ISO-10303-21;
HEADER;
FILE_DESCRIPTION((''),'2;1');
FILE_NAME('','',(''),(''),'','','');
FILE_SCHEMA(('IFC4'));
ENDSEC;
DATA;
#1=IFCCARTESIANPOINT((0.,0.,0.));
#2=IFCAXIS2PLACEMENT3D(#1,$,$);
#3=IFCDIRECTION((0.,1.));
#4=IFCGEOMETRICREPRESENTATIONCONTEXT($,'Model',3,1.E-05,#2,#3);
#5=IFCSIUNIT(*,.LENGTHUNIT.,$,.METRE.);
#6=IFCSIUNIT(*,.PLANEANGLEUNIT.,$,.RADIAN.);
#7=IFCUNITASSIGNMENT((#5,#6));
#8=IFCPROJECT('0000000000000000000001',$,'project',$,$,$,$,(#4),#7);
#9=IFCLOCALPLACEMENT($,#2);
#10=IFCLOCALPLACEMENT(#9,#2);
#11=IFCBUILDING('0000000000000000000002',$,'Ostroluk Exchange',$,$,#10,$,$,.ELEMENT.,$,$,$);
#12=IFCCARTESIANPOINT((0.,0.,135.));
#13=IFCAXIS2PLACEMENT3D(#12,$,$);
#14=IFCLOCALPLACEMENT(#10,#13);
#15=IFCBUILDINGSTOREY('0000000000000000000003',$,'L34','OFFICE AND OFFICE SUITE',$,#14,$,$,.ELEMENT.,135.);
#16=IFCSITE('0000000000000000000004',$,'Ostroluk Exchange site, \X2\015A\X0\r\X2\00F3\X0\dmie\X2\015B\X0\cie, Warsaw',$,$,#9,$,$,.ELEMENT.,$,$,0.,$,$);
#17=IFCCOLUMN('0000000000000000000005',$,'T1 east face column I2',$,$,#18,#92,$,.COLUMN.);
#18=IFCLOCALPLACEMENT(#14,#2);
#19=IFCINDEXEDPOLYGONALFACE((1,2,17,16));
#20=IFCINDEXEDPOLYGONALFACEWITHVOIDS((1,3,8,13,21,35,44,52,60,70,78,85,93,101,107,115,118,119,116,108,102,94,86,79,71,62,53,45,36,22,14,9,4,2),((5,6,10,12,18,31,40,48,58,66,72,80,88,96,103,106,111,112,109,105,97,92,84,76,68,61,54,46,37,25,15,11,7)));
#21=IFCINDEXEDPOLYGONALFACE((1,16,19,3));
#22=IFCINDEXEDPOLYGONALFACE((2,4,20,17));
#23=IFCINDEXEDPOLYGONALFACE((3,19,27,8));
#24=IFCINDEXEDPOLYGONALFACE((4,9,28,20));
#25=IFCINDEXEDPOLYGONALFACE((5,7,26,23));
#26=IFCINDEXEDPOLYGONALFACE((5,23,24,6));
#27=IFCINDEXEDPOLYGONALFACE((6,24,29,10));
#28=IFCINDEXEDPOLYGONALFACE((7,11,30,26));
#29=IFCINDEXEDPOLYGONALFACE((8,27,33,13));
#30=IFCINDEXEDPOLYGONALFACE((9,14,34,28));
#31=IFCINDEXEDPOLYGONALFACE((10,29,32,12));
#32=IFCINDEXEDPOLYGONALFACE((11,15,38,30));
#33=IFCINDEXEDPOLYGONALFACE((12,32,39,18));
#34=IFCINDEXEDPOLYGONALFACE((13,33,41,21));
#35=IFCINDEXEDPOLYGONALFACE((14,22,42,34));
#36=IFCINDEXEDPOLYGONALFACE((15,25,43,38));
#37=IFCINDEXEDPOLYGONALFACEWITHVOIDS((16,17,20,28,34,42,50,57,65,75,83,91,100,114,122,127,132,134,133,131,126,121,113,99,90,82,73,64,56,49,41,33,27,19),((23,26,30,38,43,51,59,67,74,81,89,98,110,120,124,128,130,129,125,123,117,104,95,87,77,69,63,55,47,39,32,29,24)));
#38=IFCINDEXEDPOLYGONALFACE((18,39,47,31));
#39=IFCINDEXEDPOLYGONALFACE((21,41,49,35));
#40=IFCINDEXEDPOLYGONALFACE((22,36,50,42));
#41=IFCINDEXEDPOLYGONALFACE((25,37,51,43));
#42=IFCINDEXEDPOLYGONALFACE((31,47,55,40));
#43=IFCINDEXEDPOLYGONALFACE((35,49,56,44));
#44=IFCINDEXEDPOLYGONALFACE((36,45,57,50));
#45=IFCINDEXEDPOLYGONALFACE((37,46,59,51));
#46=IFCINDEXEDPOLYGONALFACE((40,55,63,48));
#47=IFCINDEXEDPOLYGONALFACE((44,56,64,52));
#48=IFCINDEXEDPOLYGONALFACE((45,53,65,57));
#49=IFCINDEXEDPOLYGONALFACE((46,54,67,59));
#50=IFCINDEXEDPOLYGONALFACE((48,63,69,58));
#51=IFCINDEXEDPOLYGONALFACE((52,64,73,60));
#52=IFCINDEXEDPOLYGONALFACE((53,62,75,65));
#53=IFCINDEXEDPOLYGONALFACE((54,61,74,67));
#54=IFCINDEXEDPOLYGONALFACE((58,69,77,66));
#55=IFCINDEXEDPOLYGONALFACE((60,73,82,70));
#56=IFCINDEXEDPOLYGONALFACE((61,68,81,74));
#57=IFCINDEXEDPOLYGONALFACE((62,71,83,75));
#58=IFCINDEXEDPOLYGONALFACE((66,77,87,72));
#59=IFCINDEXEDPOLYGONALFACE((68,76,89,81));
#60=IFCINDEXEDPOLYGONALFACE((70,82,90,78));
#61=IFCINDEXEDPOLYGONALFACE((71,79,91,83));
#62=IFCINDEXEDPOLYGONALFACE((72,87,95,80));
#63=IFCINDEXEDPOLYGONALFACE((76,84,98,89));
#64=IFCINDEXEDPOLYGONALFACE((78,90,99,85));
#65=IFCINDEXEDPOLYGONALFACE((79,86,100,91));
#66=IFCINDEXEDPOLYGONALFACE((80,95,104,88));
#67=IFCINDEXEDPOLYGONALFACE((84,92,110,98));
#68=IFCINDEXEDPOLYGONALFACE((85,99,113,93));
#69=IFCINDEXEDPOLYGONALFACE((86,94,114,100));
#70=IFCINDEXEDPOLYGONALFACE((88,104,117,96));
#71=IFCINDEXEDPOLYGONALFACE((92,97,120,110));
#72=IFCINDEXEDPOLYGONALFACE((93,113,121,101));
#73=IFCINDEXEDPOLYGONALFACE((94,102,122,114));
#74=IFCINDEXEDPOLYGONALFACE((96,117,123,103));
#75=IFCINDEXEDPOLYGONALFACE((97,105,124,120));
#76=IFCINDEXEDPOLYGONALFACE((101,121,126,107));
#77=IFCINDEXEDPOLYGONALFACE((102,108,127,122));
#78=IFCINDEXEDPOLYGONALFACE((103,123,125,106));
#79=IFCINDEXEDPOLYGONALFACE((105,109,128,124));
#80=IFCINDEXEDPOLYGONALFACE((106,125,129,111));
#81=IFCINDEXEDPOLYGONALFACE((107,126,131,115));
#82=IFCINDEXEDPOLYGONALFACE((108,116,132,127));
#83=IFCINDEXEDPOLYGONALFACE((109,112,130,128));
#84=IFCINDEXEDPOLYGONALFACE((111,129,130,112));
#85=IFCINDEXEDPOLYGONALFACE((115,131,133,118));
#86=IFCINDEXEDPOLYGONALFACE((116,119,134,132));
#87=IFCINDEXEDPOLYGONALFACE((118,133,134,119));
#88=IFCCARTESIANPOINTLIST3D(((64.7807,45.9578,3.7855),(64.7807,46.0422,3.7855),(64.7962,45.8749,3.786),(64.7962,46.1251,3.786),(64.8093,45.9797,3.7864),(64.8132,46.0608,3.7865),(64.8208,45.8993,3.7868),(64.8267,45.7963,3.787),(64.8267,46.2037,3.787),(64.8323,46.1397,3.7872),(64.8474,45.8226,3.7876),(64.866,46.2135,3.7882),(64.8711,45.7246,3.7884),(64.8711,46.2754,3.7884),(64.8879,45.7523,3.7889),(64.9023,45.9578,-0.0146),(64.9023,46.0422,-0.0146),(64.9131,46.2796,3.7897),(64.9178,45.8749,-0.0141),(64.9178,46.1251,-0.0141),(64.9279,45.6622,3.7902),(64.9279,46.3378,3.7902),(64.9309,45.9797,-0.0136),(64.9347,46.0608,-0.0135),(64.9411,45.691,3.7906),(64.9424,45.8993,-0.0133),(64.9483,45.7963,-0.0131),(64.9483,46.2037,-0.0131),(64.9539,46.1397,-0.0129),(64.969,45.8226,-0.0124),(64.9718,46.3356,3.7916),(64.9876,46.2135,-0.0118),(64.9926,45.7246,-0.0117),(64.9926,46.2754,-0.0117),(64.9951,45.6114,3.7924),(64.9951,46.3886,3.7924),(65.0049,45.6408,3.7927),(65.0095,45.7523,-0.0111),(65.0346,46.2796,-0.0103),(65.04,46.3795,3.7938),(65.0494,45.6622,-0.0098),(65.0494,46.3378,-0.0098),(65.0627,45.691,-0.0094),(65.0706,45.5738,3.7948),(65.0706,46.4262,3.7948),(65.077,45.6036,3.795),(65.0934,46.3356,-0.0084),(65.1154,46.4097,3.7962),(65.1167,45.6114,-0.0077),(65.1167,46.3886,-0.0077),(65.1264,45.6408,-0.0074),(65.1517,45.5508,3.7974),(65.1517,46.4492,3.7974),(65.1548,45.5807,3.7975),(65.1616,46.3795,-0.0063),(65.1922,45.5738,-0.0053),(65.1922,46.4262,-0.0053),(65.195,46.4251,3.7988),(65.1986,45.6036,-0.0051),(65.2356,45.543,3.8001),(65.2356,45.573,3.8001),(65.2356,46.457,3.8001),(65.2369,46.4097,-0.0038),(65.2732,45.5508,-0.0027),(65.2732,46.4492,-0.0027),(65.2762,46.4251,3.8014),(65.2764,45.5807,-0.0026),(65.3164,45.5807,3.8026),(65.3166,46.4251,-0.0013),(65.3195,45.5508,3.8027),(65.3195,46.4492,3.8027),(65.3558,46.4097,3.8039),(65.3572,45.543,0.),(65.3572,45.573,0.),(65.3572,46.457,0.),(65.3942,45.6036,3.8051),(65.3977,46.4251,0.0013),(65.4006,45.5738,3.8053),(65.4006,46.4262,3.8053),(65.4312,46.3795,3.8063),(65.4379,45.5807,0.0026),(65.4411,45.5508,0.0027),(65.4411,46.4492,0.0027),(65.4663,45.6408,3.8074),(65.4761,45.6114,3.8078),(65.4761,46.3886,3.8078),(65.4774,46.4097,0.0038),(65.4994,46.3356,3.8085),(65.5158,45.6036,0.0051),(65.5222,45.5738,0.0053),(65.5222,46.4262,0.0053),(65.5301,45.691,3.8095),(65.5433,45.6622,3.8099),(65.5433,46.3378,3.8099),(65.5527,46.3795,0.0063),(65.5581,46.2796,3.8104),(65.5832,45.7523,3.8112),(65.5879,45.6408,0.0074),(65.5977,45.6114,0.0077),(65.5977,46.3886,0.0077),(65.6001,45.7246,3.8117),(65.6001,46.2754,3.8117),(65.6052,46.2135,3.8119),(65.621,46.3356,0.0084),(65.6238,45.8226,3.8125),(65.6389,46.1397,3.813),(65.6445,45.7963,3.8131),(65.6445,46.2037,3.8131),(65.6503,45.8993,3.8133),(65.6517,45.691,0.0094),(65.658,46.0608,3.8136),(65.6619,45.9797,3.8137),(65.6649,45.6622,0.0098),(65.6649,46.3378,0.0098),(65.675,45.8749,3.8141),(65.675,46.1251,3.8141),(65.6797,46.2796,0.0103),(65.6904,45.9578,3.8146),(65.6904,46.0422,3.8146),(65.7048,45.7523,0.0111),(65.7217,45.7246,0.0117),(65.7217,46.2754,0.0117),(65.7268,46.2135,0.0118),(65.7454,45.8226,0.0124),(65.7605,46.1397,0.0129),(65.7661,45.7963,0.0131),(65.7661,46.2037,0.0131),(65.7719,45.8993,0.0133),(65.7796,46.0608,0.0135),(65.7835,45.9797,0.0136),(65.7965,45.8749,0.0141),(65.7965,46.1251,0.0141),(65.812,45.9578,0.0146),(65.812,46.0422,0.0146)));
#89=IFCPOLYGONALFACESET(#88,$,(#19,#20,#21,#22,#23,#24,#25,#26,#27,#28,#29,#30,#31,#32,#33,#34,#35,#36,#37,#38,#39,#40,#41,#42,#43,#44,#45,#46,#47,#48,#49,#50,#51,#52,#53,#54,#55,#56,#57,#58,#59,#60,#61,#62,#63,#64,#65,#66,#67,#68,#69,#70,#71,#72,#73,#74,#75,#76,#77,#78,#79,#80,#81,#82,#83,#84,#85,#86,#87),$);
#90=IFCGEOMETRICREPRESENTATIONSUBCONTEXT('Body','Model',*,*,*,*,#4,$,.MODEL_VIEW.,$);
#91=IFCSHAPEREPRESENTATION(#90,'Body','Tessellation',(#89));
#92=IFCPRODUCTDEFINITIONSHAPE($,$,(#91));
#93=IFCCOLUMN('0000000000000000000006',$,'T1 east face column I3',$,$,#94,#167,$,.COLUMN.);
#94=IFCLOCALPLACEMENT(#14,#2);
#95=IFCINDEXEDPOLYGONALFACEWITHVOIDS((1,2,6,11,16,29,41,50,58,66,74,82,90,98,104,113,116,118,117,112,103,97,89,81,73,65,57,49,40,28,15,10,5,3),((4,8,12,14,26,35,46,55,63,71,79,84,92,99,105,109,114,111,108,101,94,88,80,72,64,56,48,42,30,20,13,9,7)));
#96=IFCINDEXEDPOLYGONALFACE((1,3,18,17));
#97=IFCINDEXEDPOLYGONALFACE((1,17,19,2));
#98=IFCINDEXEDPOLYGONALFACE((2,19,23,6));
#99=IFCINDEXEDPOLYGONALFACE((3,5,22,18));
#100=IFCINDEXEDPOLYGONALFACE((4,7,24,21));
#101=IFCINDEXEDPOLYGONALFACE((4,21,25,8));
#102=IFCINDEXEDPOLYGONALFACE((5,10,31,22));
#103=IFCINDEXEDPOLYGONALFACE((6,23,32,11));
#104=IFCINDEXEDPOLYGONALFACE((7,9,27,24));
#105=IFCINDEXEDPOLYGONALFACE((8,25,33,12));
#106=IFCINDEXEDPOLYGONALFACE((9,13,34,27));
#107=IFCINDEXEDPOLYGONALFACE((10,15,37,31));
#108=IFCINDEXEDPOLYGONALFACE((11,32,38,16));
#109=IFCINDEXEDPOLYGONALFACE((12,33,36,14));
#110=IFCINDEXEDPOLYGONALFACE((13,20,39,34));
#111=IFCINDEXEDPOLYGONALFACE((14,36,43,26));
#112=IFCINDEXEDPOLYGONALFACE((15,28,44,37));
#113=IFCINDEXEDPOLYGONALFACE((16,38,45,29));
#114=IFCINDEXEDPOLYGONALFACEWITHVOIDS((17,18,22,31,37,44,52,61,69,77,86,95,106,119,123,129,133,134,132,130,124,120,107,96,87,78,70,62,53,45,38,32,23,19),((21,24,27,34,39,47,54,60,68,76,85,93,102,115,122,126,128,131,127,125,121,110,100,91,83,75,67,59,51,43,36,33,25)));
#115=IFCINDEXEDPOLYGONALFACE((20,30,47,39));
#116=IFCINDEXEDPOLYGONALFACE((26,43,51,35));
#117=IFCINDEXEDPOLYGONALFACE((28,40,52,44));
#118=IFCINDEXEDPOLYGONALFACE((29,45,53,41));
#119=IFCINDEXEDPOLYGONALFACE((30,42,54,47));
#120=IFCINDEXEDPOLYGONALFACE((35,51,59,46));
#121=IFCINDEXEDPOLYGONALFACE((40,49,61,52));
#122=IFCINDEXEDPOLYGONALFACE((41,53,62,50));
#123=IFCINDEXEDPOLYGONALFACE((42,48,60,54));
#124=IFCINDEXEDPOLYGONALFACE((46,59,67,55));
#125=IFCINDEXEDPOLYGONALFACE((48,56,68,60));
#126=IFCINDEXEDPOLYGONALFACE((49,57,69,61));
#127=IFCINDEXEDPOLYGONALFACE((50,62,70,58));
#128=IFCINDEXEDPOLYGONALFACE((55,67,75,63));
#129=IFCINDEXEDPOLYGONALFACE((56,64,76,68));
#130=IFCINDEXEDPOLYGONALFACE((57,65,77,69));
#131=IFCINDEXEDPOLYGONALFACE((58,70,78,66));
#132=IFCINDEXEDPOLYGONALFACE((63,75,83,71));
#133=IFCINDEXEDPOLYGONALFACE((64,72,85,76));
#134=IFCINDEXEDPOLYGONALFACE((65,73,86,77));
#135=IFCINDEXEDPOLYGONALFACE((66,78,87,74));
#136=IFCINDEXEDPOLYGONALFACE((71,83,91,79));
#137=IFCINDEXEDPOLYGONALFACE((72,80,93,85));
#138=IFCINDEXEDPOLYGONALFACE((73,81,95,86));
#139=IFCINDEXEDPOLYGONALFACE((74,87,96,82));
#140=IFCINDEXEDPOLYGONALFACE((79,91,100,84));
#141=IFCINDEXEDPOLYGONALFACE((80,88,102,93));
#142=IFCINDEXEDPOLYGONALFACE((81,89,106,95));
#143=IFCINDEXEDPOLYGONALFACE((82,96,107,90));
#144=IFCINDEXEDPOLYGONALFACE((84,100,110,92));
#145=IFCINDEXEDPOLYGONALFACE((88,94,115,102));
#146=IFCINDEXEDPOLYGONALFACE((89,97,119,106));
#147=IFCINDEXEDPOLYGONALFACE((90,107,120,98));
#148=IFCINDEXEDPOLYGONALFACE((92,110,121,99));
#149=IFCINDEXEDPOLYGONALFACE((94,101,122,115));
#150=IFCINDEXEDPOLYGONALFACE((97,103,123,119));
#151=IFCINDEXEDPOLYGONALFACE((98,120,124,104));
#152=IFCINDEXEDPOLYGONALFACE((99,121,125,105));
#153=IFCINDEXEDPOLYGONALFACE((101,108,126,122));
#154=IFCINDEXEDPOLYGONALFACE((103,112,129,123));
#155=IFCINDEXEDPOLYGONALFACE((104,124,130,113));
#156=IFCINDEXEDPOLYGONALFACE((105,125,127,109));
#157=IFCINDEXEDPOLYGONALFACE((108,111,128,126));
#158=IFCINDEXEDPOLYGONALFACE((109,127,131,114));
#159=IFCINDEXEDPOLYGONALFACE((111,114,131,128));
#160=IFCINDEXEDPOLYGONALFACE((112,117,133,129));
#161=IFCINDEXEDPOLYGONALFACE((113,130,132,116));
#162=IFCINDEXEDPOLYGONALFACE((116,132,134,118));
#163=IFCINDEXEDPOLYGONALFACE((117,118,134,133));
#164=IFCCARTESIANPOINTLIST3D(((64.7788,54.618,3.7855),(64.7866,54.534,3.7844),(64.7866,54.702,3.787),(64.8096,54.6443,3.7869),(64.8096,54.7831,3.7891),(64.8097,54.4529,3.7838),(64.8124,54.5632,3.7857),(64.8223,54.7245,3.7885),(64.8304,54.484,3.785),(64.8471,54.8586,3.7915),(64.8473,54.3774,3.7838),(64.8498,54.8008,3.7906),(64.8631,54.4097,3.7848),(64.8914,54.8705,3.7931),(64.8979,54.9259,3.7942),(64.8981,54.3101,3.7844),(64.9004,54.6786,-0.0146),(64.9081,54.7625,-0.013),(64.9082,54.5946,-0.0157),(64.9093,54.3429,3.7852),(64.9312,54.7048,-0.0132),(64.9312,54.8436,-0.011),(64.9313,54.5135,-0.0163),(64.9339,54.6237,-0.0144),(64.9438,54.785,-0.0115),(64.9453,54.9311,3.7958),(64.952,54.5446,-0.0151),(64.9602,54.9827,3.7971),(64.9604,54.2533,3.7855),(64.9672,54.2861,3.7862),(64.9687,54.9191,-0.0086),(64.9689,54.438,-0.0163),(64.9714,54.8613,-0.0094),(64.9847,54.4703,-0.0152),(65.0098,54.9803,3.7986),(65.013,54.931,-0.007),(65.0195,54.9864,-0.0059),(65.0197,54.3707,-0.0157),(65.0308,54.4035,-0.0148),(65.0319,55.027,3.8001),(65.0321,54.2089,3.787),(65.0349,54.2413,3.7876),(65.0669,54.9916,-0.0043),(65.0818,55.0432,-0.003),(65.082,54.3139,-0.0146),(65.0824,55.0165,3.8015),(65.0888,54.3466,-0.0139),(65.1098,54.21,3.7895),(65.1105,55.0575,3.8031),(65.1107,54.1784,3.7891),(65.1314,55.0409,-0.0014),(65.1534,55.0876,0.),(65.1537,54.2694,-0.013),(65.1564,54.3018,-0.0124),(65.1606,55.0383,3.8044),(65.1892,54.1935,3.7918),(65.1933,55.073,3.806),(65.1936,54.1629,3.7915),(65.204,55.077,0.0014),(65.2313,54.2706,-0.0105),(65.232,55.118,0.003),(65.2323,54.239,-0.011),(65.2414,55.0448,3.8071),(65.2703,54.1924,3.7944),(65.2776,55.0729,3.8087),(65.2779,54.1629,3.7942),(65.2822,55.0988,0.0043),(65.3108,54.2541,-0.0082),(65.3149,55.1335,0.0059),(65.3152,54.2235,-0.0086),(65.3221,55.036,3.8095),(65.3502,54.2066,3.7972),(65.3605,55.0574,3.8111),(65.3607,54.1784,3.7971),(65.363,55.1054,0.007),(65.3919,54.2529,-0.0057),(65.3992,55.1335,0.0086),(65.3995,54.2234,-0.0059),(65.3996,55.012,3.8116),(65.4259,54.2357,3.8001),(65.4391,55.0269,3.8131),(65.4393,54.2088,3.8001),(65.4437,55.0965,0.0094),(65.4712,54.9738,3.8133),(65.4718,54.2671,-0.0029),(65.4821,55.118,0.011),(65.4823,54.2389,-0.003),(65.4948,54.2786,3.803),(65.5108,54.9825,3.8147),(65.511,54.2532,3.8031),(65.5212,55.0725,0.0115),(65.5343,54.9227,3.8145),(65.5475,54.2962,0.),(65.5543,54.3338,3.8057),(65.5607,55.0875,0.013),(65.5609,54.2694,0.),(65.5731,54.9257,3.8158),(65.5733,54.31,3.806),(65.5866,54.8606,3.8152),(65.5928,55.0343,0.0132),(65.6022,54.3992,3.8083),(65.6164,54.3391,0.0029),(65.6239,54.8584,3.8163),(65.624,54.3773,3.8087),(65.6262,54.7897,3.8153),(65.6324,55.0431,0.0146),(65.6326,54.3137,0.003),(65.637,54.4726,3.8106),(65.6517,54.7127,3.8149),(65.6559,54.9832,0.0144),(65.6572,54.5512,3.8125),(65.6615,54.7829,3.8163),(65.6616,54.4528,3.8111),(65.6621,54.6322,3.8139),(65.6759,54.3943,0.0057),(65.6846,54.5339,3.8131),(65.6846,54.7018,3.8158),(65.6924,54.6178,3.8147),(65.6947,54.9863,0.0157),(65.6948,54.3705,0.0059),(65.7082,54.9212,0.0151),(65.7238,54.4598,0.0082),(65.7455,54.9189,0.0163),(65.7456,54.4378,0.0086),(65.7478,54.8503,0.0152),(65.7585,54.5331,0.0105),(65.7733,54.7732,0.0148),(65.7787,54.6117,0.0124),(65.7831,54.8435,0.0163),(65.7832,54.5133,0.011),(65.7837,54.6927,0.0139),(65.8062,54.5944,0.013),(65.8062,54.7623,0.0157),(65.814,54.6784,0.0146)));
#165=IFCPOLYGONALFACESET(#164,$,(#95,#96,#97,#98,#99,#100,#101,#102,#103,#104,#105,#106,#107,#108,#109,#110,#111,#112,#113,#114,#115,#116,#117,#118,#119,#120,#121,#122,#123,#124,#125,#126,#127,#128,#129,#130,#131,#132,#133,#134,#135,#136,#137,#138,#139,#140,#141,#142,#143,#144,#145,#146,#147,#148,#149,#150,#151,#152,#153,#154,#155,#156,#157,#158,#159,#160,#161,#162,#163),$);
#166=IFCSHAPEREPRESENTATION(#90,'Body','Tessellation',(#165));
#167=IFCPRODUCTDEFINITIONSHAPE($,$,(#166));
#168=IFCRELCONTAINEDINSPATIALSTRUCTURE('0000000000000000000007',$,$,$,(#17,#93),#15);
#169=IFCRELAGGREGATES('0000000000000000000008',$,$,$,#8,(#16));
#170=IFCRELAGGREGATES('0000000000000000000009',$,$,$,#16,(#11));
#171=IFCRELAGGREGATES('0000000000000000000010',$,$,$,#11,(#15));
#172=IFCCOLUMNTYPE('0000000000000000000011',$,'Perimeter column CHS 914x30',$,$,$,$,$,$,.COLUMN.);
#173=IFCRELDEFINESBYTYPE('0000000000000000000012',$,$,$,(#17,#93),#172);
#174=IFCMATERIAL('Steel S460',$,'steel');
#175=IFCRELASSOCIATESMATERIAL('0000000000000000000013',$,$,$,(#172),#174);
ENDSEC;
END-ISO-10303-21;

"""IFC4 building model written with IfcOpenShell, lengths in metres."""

from ifc_helpers import new_model, si_unit, direction, frame, origin, origin_2d, place, context, subcontext, project, spatial, hollow_circle, extrude, material, material_profile, profile_set, type_object, element, save


model = new_model("IFC4")

# Units and contexts
model_context = context("Model", 3, precision=1e-05, world=origin(), true_north=direction((0.0, 1.0)))
body_context = subcontext(model_context, "Body", "Model", "MODEL_VIEW")
ifc_project = project(units=[si_unit("LENGTHUNIT", "METRE"), si_unit("PLANEANGLEUNIT", "RADIAN")], contexts=[model_context])

# Site, building, storey
site_placement = place(None, origin())
site = spatial("IfcSite", under=ifc_project, at=site_placement, Name="Ostroluk Exchange site, Śródmieście, Warsaw", CompositionType="ELEMENT", RefElevation=0.0)
building_placement = place(site_placement, origin())
building = spatial("IfcBuilding", under=site, at=building_placement, Name="Ostroluk Exchange", CompositionType="ELEMENT")
storey_placement = place(building_placement, frame((0.0, 0.0, 135.0)))
storey = spatial("IfcBuildingStorey", under=building, at=storey_placement, Name="L34", Description="OFFICE AND OFFICE SUITE", CompositionType="ELEMENT", Elevation=135.0)

# Columns
ifc_material_1 = material(Name="Steel S460", Category="steel")
ifc_material_profile_1 = material_profile(ifc_material_1, hollow_circle(Radius=0.457, WallThickness=0.03, at=origin_2d()), Name="CHS 914x30")
ifc_profile_set_1 = profile_set([ifc_material_profile_1], Name="Steel S460")
column_type = type_object("IfcColumnType", Name="Perimeter column CHS 914x30", PredefinedType="COLUMN", material=ifc_profile_set_1)
column_1_placement = place(storey_placement, frame((65.3572, 46.0, 0.0), z_axis=(-0.031978, 0.0, 0.999489), x_axis=(0.0, -1.0, 0.0)))
element("IfcColumn", 1, at=column_1_placement, inside=storey, type_object=column_type, Name="T1 east face column I2", PredefinedType="COLUMN", context=body_context, shape_type="SweptSolid", body=[
    extrude(hollow_circle(Radius=0.457, WallThickness=0.03, at=origin_2d()), origin(), (0.0, 0.0, 1.0), 3.802),
])
column_2_placement = place(storey_placement, frame((65.3572, 54.6785, 0.0), z_axis=(-0.031974, -0.015923, 0.999362), x_axis=(0.445775, -0.895145, 0.0)))
element("IfcColumn", 2, at=column_2_placement, inside=storey, type_object=column_type, Name="T1 east face column I3", PredefinedType="COLUMN", context=body_context, shape_type="SweptSolid", body=[
    extrude(hollow_circle(Radius=0.457, WallThickness=0.03, at=origin_2d()), origin(), (0.0, 0.0, 1.0), 3.8025),
])

save(model, "model.ifc")
